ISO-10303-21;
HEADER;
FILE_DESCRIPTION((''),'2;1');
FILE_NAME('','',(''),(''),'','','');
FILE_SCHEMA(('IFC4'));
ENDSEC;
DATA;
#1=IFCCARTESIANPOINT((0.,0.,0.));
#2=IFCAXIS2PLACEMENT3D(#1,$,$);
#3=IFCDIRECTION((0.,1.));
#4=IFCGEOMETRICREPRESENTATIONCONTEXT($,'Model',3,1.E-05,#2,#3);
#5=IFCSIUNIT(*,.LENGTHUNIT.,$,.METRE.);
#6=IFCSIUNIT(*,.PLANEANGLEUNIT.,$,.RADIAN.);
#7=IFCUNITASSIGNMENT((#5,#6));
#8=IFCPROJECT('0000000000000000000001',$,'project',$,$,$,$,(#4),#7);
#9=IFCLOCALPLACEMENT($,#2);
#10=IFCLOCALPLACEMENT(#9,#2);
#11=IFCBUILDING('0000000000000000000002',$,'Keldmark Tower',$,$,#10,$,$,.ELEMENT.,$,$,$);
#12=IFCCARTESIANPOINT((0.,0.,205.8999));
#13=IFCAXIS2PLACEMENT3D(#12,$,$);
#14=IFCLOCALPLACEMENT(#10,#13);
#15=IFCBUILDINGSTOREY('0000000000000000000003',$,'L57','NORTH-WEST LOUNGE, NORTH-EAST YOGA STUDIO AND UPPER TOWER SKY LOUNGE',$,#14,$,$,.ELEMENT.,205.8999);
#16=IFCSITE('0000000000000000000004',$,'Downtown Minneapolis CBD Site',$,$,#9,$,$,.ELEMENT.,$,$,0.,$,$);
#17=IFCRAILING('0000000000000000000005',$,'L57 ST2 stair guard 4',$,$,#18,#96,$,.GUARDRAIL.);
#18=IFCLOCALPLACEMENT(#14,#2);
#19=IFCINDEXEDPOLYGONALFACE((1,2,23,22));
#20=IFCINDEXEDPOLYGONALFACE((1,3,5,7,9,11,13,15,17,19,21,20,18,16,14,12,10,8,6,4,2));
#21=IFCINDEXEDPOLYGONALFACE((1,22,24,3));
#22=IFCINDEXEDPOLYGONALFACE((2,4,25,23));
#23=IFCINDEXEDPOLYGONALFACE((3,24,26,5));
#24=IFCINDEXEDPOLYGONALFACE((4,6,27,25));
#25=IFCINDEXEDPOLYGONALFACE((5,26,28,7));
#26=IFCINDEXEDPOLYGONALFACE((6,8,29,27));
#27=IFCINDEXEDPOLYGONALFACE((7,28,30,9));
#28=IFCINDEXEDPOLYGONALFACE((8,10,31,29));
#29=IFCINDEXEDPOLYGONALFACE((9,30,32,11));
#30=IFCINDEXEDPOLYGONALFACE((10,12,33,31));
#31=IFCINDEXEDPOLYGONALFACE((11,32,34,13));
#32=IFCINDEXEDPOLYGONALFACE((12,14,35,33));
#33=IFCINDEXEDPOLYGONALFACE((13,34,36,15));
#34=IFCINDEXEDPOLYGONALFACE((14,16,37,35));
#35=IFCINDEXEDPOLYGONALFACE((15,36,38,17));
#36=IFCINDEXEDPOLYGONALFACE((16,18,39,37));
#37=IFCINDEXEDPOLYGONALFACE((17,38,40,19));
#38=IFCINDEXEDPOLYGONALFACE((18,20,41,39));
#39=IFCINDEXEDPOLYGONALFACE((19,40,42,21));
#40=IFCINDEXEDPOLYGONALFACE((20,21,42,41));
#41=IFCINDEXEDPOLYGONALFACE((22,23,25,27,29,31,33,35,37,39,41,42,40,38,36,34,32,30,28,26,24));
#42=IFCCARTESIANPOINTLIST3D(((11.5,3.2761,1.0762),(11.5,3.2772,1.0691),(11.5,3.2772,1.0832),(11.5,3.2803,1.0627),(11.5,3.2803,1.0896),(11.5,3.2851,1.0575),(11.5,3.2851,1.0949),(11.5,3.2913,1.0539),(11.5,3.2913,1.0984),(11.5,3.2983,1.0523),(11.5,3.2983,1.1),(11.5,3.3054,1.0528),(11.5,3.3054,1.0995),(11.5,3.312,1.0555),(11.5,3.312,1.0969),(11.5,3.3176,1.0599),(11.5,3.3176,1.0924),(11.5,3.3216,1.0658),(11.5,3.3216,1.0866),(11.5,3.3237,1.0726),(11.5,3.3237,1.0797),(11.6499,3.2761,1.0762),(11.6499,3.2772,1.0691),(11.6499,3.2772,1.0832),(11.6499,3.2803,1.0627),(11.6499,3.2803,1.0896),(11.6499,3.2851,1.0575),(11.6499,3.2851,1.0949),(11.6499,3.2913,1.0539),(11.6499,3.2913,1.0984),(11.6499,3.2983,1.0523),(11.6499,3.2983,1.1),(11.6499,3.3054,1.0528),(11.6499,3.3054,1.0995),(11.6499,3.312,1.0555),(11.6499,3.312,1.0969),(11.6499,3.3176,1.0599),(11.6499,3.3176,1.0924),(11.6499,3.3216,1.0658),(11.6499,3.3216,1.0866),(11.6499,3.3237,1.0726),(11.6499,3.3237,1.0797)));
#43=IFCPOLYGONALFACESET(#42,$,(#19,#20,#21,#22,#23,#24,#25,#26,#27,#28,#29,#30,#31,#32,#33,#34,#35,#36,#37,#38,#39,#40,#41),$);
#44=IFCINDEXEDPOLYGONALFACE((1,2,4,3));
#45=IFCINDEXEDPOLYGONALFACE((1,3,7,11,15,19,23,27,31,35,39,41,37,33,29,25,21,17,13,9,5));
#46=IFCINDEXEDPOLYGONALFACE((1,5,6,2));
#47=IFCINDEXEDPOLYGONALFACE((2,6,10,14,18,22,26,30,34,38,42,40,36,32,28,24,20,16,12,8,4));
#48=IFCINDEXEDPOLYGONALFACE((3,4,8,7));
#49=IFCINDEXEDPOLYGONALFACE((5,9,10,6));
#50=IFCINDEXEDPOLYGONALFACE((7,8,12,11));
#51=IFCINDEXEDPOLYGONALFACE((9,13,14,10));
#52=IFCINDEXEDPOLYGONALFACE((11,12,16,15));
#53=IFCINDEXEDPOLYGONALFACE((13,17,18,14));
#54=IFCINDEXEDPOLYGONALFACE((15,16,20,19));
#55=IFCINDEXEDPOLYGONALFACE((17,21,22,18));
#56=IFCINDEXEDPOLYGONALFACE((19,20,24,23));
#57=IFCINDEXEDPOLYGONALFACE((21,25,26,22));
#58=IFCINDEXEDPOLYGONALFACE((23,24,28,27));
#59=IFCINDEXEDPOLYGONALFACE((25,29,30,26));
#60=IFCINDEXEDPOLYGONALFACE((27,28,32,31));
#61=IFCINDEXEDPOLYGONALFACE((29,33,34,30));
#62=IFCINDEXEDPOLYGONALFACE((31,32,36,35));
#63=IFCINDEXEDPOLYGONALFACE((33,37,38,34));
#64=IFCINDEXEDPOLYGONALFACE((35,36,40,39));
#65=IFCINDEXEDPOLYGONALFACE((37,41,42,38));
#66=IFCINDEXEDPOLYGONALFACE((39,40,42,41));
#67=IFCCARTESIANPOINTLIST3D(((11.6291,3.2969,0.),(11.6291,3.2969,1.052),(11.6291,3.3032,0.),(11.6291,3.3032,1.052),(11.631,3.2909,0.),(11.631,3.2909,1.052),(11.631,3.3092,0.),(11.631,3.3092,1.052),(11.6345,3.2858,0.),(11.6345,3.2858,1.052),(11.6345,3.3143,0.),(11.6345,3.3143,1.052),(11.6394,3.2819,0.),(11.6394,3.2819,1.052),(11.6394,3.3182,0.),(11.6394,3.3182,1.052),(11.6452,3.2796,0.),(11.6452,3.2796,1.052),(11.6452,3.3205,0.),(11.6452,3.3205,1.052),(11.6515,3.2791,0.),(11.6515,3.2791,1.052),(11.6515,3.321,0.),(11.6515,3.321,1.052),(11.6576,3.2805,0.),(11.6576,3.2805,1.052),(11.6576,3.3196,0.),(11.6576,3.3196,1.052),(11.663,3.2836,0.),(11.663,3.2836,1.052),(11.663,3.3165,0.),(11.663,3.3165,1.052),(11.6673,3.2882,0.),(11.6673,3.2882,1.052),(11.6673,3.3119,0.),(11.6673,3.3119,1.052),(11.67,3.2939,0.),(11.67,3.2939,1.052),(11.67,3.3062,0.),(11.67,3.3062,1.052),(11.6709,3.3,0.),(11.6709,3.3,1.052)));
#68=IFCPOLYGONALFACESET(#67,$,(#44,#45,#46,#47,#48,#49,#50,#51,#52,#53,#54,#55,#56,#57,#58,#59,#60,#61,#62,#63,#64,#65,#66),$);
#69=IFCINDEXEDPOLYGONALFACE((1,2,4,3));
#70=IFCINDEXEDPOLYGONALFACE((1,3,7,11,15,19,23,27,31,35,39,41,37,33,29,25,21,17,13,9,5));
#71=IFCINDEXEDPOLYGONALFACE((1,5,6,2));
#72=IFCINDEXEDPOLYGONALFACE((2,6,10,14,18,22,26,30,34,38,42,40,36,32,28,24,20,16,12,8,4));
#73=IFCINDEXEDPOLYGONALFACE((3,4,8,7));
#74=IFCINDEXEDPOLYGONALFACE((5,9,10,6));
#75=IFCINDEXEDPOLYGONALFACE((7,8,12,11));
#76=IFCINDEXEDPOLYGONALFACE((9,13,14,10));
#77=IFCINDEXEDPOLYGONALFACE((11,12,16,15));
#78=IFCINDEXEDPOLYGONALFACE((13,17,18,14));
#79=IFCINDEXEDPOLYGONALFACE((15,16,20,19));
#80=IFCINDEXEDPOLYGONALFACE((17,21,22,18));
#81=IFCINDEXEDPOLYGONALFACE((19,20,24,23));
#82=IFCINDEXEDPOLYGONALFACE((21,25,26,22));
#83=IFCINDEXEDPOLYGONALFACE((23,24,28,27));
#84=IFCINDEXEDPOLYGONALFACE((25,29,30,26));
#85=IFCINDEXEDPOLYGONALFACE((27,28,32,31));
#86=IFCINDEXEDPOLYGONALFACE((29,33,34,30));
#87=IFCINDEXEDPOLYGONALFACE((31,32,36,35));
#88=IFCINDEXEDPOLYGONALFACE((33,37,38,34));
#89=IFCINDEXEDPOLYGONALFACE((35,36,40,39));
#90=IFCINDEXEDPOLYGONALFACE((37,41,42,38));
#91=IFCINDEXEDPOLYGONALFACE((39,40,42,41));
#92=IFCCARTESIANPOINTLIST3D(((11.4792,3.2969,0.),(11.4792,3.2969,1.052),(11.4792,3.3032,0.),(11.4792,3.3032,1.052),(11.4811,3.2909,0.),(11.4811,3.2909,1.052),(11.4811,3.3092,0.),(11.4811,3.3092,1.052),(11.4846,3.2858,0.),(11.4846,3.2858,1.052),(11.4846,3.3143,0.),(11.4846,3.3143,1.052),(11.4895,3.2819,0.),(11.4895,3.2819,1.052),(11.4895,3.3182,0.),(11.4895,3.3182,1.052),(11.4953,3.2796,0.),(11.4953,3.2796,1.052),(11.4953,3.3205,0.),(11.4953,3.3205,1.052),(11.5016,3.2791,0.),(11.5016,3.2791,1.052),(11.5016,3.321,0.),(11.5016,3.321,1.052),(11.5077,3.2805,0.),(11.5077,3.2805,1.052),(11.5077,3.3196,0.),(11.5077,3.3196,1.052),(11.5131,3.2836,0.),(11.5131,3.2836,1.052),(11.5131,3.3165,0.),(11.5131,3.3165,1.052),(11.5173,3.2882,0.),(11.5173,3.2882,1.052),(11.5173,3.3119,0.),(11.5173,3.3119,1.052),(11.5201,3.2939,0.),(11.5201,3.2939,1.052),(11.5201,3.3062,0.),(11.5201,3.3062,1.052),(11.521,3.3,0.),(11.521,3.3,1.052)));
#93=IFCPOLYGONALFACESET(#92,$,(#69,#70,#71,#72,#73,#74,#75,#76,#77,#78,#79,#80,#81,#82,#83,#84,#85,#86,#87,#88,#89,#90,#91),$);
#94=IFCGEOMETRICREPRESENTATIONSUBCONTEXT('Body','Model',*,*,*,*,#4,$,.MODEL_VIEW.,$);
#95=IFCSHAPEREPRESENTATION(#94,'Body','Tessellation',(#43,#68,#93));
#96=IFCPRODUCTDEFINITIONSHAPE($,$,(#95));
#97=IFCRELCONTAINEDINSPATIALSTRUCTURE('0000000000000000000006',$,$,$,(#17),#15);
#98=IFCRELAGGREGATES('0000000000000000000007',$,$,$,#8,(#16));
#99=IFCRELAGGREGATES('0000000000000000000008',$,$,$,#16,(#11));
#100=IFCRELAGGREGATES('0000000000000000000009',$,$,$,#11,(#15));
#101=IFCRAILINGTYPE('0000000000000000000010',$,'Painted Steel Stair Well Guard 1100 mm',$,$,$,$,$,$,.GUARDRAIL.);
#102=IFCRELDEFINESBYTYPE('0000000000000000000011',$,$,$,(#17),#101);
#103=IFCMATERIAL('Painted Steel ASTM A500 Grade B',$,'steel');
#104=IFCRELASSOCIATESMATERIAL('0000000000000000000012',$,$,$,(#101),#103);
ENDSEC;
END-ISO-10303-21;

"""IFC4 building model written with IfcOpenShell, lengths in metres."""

from ifc_helpers import new_model, si_unit, direction, frame, origin, origin_2d, place, context, subcontext, project, spatial, circle, extrude, material, type_object, element, save


model = new_model("IFC4")

# Units and contexts
model_context = context("Model", 3, precision=1e-05, world=origin(), true_north=direction((0.0, 1.0)))
body_context = subcontext(model_context, "Body", "Model", "MODEL_VIEW")
ifc_project = project(units=[si_unit("LENGTHUNIT", "METRE"), si_unit("PLANEANGLEUNIT", "RADIAN")], contexts=[model_context])

# Site, building, storey
site_placement = place(None, origin())
site = spatial("IfcSite", under=ifc_project, at=site_placement, Name="Downtown Minneapolis CBD Site", CompositionType="ELEMENT", RefElevation=0.0)
building_placement = place(site_placement, origin())
building = spatial("IfcBuilding", under=site, at=building_placement, Name="Keldmark Tower", CompositionType="ELEMENT")
storey_placement = place(building_placement, frame((0.0, 0.0, 205.8999)))
storey = spatial("IfcBuildingStorey", under=building, at=storey_placement, Name="L57", Description="NORTH-WEST LOUNGE, NORTH-EAST YOGA STUDIO AND UPPER TOWER SKY LOUNGE", CompositionType="ELEMENT", Elevation=205.8999)

# Railing
ifc_material_1 = material(Name="Painted Steel ASTM A500 Grade B", Category="steel")
railing_type_1 = type_object("IfcRailingType", Name="Painted Steel Stair Well Guard 1100 mm", PredefinedType="GUARDRAIL", material=ifc_material_1)
railing_1_placement = place(storey_placement, frame((11.6499, 3.3, 0.0)))
element("IfcRailing", 1, at=railing_1_placement, inside=storey, type_object=railing_type_1, Name="L57 ST2 stair guard 4", PredefinedType="GUARDRAIL", context=body_context, shape_type="SweptSolid", body=[
    extrude(circle(Radius=0.0239, at=origin_2d()), frame((0.0, 0.0, 1.0762), z_axis=(-1.0, 0.0, 0.0), x_axis=(0.0, -1.0, 0.0)), (0.0, 0.0, 1.0), 0.1499),
    extrude(circle(Radius=0.021, at=origin_2d()), origin(), (0.0, 0.0, 1.0), 1.052),
    extrude(circle(Radius=0.021, at=origin_2d()), frame((-0.1499, 0.0, 0.0)), (0.0, 0.0, 1.0), 1.052),
])

save(model, "model.ifc")
